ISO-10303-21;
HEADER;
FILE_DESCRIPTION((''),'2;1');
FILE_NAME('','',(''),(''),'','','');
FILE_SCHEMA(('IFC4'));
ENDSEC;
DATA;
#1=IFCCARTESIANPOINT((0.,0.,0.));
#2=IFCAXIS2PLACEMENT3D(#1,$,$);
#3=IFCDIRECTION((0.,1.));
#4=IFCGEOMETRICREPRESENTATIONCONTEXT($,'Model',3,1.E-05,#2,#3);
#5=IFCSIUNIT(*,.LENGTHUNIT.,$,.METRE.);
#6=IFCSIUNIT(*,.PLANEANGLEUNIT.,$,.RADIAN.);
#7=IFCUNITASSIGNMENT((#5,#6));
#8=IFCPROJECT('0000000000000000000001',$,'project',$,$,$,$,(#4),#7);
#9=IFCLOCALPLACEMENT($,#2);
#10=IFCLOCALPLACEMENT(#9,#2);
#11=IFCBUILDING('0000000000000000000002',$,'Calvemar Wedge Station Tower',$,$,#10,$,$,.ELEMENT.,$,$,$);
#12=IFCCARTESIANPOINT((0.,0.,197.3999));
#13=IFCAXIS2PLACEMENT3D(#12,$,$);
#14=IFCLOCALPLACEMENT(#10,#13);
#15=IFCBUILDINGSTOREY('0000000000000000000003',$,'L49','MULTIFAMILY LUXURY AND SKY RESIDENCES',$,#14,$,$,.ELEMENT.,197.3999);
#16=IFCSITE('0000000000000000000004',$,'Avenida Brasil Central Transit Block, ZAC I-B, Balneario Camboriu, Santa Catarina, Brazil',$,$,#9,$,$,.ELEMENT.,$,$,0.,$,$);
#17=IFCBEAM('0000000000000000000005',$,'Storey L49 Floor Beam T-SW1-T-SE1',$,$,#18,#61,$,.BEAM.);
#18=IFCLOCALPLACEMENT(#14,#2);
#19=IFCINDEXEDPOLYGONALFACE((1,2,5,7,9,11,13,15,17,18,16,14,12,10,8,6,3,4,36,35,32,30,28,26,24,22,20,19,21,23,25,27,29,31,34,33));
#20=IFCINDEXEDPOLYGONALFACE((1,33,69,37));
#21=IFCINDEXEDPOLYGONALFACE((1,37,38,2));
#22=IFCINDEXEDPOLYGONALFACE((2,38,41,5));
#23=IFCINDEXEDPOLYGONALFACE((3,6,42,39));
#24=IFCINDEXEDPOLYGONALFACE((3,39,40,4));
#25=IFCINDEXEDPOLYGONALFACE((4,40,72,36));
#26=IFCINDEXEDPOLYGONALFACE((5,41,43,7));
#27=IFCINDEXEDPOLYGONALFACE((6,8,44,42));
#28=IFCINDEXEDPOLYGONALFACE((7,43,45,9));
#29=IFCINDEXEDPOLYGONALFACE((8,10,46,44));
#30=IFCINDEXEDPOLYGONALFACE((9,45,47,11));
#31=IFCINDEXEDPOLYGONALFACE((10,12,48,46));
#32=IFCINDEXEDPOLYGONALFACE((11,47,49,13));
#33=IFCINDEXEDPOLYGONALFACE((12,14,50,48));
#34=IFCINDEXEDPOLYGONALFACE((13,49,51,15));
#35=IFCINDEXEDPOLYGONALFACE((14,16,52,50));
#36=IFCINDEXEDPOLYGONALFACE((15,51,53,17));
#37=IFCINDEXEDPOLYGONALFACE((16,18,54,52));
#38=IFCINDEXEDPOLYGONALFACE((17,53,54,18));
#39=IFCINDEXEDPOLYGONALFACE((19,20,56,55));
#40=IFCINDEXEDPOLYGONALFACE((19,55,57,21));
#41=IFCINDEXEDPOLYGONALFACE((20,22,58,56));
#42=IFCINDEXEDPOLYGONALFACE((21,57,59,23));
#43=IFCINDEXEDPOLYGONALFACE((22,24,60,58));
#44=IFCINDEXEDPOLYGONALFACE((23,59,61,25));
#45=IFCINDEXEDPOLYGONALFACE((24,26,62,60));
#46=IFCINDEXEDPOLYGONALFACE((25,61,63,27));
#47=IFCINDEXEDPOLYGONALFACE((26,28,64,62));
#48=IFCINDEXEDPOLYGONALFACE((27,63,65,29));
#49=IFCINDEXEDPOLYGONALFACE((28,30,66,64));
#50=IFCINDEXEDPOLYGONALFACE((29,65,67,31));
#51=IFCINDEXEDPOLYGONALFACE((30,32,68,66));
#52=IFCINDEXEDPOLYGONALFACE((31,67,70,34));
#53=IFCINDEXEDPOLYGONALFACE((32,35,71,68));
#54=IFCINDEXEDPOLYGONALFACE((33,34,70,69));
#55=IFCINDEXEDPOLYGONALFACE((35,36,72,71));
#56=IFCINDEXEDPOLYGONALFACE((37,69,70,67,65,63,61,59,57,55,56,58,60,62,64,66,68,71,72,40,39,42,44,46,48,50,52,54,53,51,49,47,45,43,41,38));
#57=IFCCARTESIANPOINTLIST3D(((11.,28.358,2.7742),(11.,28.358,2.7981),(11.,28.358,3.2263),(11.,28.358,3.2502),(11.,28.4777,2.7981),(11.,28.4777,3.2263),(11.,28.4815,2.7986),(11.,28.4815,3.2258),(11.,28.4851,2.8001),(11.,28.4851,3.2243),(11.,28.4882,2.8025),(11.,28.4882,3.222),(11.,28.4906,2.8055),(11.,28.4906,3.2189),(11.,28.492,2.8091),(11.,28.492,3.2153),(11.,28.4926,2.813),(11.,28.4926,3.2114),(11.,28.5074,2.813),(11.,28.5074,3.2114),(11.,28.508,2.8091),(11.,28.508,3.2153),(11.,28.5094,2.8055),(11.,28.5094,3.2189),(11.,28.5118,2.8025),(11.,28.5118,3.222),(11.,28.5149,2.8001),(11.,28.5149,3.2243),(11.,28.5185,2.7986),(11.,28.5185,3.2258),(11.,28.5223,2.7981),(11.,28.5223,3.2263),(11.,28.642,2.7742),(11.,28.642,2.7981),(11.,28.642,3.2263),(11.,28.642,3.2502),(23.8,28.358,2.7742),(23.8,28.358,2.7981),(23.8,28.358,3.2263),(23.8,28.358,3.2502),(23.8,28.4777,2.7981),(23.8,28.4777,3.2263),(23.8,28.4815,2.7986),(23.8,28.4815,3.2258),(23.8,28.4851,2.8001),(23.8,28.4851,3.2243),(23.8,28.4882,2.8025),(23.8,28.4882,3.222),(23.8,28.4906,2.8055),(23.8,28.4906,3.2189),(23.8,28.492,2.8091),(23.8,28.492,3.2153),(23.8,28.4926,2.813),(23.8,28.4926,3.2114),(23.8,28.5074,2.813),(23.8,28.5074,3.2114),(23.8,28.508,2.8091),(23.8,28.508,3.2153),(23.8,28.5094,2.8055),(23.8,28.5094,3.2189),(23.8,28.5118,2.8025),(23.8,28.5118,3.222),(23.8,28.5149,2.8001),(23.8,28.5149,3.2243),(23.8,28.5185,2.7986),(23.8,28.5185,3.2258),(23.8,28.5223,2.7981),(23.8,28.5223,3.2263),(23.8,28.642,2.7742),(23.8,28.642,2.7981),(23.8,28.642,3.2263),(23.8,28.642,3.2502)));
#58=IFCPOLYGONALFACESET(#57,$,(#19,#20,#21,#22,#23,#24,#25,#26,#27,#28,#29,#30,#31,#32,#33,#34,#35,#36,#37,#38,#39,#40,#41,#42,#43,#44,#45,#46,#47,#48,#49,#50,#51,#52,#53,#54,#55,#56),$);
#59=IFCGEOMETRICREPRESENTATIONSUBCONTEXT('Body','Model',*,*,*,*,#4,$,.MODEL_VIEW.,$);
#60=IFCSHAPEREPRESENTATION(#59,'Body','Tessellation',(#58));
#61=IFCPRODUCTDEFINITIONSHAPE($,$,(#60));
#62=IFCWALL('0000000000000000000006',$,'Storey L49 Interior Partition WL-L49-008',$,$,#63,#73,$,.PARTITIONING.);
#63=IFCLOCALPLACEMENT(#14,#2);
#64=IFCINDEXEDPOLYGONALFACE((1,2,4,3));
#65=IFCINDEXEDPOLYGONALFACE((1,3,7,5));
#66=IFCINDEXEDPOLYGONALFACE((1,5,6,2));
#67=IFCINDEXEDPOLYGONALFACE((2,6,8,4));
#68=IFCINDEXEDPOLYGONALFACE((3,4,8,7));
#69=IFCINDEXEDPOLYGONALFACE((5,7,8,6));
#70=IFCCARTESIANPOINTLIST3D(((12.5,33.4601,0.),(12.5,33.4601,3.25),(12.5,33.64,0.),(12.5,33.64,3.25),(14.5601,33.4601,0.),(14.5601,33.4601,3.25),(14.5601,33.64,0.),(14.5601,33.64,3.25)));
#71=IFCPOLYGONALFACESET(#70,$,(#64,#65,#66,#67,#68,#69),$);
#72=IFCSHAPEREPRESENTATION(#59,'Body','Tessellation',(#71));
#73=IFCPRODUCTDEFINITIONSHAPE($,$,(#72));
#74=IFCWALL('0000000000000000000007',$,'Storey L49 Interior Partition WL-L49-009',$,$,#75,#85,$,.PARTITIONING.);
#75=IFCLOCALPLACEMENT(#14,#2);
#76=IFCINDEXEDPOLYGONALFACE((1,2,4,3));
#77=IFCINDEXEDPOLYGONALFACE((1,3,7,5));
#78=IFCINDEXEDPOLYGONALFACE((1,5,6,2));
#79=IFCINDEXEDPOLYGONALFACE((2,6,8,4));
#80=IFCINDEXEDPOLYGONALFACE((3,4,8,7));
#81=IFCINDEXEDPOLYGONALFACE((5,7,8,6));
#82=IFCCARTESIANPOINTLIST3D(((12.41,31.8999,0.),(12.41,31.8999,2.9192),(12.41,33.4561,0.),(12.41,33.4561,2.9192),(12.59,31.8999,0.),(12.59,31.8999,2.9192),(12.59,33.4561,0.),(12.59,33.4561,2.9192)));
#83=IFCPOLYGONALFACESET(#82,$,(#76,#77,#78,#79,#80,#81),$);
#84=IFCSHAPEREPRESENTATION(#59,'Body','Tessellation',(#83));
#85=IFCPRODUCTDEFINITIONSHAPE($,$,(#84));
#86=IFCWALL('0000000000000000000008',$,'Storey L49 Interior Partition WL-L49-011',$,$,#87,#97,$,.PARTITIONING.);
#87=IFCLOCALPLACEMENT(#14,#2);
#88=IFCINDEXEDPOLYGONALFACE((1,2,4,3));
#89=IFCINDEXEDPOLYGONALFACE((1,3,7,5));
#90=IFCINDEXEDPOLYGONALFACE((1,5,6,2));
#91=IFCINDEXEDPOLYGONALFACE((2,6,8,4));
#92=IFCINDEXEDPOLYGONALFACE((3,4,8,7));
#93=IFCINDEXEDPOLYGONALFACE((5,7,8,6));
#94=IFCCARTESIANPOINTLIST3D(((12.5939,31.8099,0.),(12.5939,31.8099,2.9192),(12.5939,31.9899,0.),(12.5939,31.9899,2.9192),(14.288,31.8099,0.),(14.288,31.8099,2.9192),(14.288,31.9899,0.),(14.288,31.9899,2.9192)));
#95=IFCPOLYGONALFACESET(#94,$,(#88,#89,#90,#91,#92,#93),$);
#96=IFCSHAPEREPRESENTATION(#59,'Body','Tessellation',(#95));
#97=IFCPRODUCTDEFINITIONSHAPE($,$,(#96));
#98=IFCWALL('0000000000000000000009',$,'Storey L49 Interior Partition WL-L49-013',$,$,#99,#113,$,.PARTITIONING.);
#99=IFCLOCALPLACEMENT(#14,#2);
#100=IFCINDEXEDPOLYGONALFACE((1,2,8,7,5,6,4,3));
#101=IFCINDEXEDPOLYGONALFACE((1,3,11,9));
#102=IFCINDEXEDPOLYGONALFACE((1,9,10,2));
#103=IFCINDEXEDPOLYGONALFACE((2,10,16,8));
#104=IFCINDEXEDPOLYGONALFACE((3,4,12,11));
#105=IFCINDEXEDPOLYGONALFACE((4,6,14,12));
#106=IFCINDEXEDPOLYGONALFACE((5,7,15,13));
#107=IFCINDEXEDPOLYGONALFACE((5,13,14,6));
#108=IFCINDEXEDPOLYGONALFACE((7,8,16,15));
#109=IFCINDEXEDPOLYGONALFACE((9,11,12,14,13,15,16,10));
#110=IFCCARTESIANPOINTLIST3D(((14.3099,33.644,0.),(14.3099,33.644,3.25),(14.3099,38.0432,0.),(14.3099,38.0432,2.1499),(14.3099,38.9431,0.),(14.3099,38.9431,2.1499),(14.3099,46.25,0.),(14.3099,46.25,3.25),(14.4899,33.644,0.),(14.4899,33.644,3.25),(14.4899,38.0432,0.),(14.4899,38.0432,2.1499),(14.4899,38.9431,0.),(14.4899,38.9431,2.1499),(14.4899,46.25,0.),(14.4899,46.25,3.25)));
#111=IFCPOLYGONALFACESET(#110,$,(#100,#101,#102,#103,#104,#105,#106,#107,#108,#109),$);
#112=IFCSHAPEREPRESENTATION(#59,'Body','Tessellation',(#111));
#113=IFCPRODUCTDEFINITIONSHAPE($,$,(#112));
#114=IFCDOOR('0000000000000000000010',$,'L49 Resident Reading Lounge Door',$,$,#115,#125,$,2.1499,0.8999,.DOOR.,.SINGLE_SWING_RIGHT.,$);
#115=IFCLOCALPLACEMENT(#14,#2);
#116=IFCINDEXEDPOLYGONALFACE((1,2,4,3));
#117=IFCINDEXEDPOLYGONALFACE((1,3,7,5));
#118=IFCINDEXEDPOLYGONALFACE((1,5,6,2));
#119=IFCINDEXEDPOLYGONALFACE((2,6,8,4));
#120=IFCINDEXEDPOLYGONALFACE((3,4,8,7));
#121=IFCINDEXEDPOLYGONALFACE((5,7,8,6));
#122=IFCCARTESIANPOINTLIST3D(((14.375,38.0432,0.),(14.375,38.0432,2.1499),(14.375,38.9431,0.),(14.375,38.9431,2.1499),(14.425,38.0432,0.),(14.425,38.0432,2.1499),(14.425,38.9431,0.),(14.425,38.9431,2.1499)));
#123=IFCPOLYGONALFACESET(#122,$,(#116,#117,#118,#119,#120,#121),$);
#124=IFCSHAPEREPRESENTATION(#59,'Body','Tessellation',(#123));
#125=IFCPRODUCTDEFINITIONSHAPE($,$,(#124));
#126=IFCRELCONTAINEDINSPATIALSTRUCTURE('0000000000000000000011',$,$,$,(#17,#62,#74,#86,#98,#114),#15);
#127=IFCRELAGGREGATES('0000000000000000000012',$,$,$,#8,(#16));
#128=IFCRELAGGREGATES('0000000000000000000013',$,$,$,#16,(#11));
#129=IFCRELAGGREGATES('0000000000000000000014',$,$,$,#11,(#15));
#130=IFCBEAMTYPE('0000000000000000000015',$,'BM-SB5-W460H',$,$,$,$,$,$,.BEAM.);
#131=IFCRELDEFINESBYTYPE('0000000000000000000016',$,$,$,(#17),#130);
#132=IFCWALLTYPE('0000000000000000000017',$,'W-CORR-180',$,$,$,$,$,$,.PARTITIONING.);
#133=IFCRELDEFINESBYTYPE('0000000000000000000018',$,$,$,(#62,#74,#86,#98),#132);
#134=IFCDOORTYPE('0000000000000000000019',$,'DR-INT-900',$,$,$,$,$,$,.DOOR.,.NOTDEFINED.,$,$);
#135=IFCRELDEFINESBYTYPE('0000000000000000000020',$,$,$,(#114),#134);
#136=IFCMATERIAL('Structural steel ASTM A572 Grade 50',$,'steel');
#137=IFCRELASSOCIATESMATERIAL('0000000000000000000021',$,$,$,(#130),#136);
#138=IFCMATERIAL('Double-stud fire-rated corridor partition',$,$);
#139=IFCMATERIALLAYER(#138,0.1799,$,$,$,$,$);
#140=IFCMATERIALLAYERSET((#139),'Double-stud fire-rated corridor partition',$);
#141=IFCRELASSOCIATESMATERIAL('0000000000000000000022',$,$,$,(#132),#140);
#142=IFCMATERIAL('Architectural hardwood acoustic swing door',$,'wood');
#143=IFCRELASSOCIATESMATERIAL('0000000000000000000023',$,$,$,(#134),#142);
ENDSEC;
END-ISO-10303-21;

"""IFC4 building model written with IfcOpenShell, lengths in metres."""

from ifc_helpers import new_model, si_unit, direction, frame, frame_2d, origin, origin_2d, place, context, subcontext, project, spatial, rectangle, i_section, extrude, source, transform, mapped, material, layer, layer_set, material_profile, profile_set, type_object, element, fill, save


model = new_model("IFC4")

# Units and contexts
model_context = context("Model", 3, precision=1e-05, world=origin(), true_north=direction((0.0, 1.0)))
body_context = subcontext(model_context, "Body", "Model", "MODEL_VIEW")
ifc_project = project(units=[si_unit("LENGTHUNIT", "METRE"), si_unit("PLANEANGLEUNIT", "RADIAN")], contexts=[model_context])

# Site, building, storey
site_placement = place(None, origin())
site = spatial("IfcSite", under=ifc_project, at=site_placement, Name="Avenida Brasil Central Transit Block, ZAC I-B, Balneario Camboriu, Santa Catarina, Brazil", CompositionType="ELEMENT", RefElevation=0.0)
building_placement = place(site_placement, origin())
building = spatial("IfcBuilding", under=site, at=building_placement, Name="Calvemar Wedge Station Tower", CompositionType="ELEMENT")
storey_placement = place(building_placement, frame((0.0, 0.0, 197.3999)))
storey = spatial("IfcBuildingStorey", under=building, at=storey_placement, Name="L49", Description="MULTIFAMILY LUXURY AND SKY RESIDENCES", CompositionType="ELEMENT", Elevation=197.3999)

# Beam
ifc_material_1 = material(Name="Structural steel ASTM A572 Grade 50", Category="steel")
ifc_material_profile_1 = material_profile(ifc_material_1, i_section(OverallWidth=0.2839, OverallDepth=0.4761, WebThickness=0.0149, FlangeThickness=0.0239, FilletRadius=0.0149, at=origin_2d()), Name="W460x158")
ifc_profile_set_1 = profile_set([ifc_material_profile_1], Name="Structural steel ASTM A572 Grade 50")
beam_type_1 = type_object("IfcBeamType", Name="BM-SB5-W460H", PredefinedType="BEAM", material=ifc_profile_set_1)
shared_shape_1 = source(origin(), body_context, "Body", "SweptSolid", [
    extrude(i_section(OverallWidth=0.2839, OverallDepth=0.4761, WebThickness=0.0149, FlangeThickness=0.0239, FilletRadius=0.0149, at=origin_2d()), origin(), (0.0, 0.0, 1.0), 12.8),
])
beam_1_placement = place(storey_placement, frame((11.0, 28.5, 3.0122), z_axis=(1.0, 0.0, 0.0), x_axis=(0.0, 1.0, 0.0)))
element("IfcBeam", 1, at=beam_1_placement, inside=storey, type_object=beam_type_1, Name="Storey L49 Floor Beam T-SW1-T-SE1", PredefinedType="BEAM", context=body_context, shape_type="MappedRepresentation", body=[
    mapped(shared_shape_1, transform((0.0, 0.0, 0.0), scale=1.0)),
])

# Walls
ifc_material_2 = material(Name="Double-stud fire-rated corridor partition")
ifc_layer_1 = layer(ifc_material_2, 0.1799)
ifc_layer_set_1 = layer_set([ifc_layer_1], Name="Double-stud fire-rated corridor partition")
wall_type_1 = type_object("IfcWallType", Name="W-CORR-180", PredefinedType="PARTITIONING", material=ifc_layer_set_1)
wall_1_placement = place(storey_placement, frame((12.5, 33.55, 0.0), z_axis=(0.0, 0.0, 1.0), x_axis=(1.0, 0.0, 0.0)))
element("IfcWall", 2, at=wall_1_placement, inside=storey, type_object=wall_type_1, Name="Storey L49 Interior Partition WL-L49-008", PredefinedType="PARTITIONING", context=body_context, shape_type="SweptSolid", body=[
    extrude(rectangle(XDim=2.0601, YDim=0.1799, at=frame_2d((1.03, 0.0))), origin(), (0.0, 0.0, 1.0), 3.25),
])
wall_2_placement = place(storey_placement, frame((12.5, 31.8999, 0.0), z_axis=(0.0, 0.0, 1.0), x_axis=(0.0, 1.0, 0.0)))
element("IfcWall", 3, at=wall_2_placement, inside=storey, type_object=wall_type_1, Name="Storey L49 Interior Partition WL-L49-009", PredefinedType="PARTITIONING", context=body_context, shape_type="SweptSolid", body=[
    extrude(rectangle(XDim=1.5562, YDim=0.1799, at=frame_2d((0.7781, 0.0))), origin(), (0.0, 0.0, 1.0), 2.9192),
])
wall_3_placement = place(storey_placement, frame((14.2881, 31.8999, 0.0), z_axis=(0.0, 0.0, 1.0), x_axis=(-1.0, 0.0, 0.0)))
element("IfcWall", 4, at=wall_3_placement, inside=storey, type_object=wall_type_1, Name="Storey L49 Interior Partition WL-L49-011", PredefinedType="PARTITIONING", context=body_context, shape_type="SweptSolid", body=[
    extrude(rectangle(XDim=1.6941, YDim=0.1799, at=frame_2d((0.8472, 0.0))), origin(), (0.0, 0.0, 1.0), 2.9192),
])

# Wall, opening, door
wall_4_placement = place(storey_placement, frame((14.3999, 33.644, 0.0), z_axis=(0.0, 0.0, 1.0), x_axis=(0.0, 1.0, 0.0)))
wall_4 = element("IfcWall", 5, at=wall_4_placement, inside=storey, type_object=wall_type_1, Name="Storey L49 Interior Partition WL-L49-013", PredefinedType="PARTITIONING", context=body_context, shape_type="SweptSolid", body=[
    extrude(rectangle(XDim=12.606, YDim=0.1799, at=frame_2d((6.303, 0.0))), origin(), (0.0, 0.0, 1.0), 3.25),
])
shared_shape_2 = source(origin(), body_context, "Body", "SweptSolid", [
    extrude(rectangle(XDim=0.8999, YDim=2.1499, at=frame_2d((0.45, 1.075))), frame((0.0, 0.1001, 0.0), z_axis=(0.0, -1.0, 0.0), x_axis=(1.0, 0.0, 0.0)), (0.0, 0.0, 1.0), 0.2),
])
opening_1_placement = place(wall_4_placement, frame((4.3992, 0.0, 0.0)))
opening_1 = element("IfcOpeningElement", 6, at=opening_1_placement, cuts=wall_4, PredefinedType="OPENING", context=body_context, shape_type="MappedRepresentation", body=[
    mapped(shared_shape_2, transform((0.0, 0.0, 0.0), scale=1.0)),
])
ifc_material_3 = material(Name="Architectural hardwood acoustic swing door", Category="wood")
door_type_1 = type_object("IfcDoorType", Name="DR-INT-900", OperationType="NOTDEFINED", PredefinedType="DOOR", material=ifc_material_3)
shared_shape_3 = source(origin(), body_context, "Body", "SweptSolid", [
    extrude(rectangle(XDim=0.8999, YDim=2.1499, at=frame_2d((0.45, 1.075))), frame((0.0, 0.0249, 0.0), z_axis=(0.0, -1.0, 0.0), x_axis=(1.0, 0.0, 0.0)), (0.0, 0.0, 1.0), 0.05),
])
door_1_placement = place(opening_1_placement, origin())
door_1 = element("IfcDoor", 7, at=door_1_placement, inside=storey, type_object=door_type_1, Name="L49 Resident Reading Lounge Door", OperationType="SINGLE_SWING_RIGHT", OverallHeight=2.1499, OverallWidth=0.8999, PredefinedType="DOOR", context=body_context, shape_type="MappedRepresentation", body=[
    mapped(shared_shape_3, transform((0.0, 0.0, 0.0), scale=1.0)),
])
fill(opening_1, door_1)

save(model, "model.ifc")
